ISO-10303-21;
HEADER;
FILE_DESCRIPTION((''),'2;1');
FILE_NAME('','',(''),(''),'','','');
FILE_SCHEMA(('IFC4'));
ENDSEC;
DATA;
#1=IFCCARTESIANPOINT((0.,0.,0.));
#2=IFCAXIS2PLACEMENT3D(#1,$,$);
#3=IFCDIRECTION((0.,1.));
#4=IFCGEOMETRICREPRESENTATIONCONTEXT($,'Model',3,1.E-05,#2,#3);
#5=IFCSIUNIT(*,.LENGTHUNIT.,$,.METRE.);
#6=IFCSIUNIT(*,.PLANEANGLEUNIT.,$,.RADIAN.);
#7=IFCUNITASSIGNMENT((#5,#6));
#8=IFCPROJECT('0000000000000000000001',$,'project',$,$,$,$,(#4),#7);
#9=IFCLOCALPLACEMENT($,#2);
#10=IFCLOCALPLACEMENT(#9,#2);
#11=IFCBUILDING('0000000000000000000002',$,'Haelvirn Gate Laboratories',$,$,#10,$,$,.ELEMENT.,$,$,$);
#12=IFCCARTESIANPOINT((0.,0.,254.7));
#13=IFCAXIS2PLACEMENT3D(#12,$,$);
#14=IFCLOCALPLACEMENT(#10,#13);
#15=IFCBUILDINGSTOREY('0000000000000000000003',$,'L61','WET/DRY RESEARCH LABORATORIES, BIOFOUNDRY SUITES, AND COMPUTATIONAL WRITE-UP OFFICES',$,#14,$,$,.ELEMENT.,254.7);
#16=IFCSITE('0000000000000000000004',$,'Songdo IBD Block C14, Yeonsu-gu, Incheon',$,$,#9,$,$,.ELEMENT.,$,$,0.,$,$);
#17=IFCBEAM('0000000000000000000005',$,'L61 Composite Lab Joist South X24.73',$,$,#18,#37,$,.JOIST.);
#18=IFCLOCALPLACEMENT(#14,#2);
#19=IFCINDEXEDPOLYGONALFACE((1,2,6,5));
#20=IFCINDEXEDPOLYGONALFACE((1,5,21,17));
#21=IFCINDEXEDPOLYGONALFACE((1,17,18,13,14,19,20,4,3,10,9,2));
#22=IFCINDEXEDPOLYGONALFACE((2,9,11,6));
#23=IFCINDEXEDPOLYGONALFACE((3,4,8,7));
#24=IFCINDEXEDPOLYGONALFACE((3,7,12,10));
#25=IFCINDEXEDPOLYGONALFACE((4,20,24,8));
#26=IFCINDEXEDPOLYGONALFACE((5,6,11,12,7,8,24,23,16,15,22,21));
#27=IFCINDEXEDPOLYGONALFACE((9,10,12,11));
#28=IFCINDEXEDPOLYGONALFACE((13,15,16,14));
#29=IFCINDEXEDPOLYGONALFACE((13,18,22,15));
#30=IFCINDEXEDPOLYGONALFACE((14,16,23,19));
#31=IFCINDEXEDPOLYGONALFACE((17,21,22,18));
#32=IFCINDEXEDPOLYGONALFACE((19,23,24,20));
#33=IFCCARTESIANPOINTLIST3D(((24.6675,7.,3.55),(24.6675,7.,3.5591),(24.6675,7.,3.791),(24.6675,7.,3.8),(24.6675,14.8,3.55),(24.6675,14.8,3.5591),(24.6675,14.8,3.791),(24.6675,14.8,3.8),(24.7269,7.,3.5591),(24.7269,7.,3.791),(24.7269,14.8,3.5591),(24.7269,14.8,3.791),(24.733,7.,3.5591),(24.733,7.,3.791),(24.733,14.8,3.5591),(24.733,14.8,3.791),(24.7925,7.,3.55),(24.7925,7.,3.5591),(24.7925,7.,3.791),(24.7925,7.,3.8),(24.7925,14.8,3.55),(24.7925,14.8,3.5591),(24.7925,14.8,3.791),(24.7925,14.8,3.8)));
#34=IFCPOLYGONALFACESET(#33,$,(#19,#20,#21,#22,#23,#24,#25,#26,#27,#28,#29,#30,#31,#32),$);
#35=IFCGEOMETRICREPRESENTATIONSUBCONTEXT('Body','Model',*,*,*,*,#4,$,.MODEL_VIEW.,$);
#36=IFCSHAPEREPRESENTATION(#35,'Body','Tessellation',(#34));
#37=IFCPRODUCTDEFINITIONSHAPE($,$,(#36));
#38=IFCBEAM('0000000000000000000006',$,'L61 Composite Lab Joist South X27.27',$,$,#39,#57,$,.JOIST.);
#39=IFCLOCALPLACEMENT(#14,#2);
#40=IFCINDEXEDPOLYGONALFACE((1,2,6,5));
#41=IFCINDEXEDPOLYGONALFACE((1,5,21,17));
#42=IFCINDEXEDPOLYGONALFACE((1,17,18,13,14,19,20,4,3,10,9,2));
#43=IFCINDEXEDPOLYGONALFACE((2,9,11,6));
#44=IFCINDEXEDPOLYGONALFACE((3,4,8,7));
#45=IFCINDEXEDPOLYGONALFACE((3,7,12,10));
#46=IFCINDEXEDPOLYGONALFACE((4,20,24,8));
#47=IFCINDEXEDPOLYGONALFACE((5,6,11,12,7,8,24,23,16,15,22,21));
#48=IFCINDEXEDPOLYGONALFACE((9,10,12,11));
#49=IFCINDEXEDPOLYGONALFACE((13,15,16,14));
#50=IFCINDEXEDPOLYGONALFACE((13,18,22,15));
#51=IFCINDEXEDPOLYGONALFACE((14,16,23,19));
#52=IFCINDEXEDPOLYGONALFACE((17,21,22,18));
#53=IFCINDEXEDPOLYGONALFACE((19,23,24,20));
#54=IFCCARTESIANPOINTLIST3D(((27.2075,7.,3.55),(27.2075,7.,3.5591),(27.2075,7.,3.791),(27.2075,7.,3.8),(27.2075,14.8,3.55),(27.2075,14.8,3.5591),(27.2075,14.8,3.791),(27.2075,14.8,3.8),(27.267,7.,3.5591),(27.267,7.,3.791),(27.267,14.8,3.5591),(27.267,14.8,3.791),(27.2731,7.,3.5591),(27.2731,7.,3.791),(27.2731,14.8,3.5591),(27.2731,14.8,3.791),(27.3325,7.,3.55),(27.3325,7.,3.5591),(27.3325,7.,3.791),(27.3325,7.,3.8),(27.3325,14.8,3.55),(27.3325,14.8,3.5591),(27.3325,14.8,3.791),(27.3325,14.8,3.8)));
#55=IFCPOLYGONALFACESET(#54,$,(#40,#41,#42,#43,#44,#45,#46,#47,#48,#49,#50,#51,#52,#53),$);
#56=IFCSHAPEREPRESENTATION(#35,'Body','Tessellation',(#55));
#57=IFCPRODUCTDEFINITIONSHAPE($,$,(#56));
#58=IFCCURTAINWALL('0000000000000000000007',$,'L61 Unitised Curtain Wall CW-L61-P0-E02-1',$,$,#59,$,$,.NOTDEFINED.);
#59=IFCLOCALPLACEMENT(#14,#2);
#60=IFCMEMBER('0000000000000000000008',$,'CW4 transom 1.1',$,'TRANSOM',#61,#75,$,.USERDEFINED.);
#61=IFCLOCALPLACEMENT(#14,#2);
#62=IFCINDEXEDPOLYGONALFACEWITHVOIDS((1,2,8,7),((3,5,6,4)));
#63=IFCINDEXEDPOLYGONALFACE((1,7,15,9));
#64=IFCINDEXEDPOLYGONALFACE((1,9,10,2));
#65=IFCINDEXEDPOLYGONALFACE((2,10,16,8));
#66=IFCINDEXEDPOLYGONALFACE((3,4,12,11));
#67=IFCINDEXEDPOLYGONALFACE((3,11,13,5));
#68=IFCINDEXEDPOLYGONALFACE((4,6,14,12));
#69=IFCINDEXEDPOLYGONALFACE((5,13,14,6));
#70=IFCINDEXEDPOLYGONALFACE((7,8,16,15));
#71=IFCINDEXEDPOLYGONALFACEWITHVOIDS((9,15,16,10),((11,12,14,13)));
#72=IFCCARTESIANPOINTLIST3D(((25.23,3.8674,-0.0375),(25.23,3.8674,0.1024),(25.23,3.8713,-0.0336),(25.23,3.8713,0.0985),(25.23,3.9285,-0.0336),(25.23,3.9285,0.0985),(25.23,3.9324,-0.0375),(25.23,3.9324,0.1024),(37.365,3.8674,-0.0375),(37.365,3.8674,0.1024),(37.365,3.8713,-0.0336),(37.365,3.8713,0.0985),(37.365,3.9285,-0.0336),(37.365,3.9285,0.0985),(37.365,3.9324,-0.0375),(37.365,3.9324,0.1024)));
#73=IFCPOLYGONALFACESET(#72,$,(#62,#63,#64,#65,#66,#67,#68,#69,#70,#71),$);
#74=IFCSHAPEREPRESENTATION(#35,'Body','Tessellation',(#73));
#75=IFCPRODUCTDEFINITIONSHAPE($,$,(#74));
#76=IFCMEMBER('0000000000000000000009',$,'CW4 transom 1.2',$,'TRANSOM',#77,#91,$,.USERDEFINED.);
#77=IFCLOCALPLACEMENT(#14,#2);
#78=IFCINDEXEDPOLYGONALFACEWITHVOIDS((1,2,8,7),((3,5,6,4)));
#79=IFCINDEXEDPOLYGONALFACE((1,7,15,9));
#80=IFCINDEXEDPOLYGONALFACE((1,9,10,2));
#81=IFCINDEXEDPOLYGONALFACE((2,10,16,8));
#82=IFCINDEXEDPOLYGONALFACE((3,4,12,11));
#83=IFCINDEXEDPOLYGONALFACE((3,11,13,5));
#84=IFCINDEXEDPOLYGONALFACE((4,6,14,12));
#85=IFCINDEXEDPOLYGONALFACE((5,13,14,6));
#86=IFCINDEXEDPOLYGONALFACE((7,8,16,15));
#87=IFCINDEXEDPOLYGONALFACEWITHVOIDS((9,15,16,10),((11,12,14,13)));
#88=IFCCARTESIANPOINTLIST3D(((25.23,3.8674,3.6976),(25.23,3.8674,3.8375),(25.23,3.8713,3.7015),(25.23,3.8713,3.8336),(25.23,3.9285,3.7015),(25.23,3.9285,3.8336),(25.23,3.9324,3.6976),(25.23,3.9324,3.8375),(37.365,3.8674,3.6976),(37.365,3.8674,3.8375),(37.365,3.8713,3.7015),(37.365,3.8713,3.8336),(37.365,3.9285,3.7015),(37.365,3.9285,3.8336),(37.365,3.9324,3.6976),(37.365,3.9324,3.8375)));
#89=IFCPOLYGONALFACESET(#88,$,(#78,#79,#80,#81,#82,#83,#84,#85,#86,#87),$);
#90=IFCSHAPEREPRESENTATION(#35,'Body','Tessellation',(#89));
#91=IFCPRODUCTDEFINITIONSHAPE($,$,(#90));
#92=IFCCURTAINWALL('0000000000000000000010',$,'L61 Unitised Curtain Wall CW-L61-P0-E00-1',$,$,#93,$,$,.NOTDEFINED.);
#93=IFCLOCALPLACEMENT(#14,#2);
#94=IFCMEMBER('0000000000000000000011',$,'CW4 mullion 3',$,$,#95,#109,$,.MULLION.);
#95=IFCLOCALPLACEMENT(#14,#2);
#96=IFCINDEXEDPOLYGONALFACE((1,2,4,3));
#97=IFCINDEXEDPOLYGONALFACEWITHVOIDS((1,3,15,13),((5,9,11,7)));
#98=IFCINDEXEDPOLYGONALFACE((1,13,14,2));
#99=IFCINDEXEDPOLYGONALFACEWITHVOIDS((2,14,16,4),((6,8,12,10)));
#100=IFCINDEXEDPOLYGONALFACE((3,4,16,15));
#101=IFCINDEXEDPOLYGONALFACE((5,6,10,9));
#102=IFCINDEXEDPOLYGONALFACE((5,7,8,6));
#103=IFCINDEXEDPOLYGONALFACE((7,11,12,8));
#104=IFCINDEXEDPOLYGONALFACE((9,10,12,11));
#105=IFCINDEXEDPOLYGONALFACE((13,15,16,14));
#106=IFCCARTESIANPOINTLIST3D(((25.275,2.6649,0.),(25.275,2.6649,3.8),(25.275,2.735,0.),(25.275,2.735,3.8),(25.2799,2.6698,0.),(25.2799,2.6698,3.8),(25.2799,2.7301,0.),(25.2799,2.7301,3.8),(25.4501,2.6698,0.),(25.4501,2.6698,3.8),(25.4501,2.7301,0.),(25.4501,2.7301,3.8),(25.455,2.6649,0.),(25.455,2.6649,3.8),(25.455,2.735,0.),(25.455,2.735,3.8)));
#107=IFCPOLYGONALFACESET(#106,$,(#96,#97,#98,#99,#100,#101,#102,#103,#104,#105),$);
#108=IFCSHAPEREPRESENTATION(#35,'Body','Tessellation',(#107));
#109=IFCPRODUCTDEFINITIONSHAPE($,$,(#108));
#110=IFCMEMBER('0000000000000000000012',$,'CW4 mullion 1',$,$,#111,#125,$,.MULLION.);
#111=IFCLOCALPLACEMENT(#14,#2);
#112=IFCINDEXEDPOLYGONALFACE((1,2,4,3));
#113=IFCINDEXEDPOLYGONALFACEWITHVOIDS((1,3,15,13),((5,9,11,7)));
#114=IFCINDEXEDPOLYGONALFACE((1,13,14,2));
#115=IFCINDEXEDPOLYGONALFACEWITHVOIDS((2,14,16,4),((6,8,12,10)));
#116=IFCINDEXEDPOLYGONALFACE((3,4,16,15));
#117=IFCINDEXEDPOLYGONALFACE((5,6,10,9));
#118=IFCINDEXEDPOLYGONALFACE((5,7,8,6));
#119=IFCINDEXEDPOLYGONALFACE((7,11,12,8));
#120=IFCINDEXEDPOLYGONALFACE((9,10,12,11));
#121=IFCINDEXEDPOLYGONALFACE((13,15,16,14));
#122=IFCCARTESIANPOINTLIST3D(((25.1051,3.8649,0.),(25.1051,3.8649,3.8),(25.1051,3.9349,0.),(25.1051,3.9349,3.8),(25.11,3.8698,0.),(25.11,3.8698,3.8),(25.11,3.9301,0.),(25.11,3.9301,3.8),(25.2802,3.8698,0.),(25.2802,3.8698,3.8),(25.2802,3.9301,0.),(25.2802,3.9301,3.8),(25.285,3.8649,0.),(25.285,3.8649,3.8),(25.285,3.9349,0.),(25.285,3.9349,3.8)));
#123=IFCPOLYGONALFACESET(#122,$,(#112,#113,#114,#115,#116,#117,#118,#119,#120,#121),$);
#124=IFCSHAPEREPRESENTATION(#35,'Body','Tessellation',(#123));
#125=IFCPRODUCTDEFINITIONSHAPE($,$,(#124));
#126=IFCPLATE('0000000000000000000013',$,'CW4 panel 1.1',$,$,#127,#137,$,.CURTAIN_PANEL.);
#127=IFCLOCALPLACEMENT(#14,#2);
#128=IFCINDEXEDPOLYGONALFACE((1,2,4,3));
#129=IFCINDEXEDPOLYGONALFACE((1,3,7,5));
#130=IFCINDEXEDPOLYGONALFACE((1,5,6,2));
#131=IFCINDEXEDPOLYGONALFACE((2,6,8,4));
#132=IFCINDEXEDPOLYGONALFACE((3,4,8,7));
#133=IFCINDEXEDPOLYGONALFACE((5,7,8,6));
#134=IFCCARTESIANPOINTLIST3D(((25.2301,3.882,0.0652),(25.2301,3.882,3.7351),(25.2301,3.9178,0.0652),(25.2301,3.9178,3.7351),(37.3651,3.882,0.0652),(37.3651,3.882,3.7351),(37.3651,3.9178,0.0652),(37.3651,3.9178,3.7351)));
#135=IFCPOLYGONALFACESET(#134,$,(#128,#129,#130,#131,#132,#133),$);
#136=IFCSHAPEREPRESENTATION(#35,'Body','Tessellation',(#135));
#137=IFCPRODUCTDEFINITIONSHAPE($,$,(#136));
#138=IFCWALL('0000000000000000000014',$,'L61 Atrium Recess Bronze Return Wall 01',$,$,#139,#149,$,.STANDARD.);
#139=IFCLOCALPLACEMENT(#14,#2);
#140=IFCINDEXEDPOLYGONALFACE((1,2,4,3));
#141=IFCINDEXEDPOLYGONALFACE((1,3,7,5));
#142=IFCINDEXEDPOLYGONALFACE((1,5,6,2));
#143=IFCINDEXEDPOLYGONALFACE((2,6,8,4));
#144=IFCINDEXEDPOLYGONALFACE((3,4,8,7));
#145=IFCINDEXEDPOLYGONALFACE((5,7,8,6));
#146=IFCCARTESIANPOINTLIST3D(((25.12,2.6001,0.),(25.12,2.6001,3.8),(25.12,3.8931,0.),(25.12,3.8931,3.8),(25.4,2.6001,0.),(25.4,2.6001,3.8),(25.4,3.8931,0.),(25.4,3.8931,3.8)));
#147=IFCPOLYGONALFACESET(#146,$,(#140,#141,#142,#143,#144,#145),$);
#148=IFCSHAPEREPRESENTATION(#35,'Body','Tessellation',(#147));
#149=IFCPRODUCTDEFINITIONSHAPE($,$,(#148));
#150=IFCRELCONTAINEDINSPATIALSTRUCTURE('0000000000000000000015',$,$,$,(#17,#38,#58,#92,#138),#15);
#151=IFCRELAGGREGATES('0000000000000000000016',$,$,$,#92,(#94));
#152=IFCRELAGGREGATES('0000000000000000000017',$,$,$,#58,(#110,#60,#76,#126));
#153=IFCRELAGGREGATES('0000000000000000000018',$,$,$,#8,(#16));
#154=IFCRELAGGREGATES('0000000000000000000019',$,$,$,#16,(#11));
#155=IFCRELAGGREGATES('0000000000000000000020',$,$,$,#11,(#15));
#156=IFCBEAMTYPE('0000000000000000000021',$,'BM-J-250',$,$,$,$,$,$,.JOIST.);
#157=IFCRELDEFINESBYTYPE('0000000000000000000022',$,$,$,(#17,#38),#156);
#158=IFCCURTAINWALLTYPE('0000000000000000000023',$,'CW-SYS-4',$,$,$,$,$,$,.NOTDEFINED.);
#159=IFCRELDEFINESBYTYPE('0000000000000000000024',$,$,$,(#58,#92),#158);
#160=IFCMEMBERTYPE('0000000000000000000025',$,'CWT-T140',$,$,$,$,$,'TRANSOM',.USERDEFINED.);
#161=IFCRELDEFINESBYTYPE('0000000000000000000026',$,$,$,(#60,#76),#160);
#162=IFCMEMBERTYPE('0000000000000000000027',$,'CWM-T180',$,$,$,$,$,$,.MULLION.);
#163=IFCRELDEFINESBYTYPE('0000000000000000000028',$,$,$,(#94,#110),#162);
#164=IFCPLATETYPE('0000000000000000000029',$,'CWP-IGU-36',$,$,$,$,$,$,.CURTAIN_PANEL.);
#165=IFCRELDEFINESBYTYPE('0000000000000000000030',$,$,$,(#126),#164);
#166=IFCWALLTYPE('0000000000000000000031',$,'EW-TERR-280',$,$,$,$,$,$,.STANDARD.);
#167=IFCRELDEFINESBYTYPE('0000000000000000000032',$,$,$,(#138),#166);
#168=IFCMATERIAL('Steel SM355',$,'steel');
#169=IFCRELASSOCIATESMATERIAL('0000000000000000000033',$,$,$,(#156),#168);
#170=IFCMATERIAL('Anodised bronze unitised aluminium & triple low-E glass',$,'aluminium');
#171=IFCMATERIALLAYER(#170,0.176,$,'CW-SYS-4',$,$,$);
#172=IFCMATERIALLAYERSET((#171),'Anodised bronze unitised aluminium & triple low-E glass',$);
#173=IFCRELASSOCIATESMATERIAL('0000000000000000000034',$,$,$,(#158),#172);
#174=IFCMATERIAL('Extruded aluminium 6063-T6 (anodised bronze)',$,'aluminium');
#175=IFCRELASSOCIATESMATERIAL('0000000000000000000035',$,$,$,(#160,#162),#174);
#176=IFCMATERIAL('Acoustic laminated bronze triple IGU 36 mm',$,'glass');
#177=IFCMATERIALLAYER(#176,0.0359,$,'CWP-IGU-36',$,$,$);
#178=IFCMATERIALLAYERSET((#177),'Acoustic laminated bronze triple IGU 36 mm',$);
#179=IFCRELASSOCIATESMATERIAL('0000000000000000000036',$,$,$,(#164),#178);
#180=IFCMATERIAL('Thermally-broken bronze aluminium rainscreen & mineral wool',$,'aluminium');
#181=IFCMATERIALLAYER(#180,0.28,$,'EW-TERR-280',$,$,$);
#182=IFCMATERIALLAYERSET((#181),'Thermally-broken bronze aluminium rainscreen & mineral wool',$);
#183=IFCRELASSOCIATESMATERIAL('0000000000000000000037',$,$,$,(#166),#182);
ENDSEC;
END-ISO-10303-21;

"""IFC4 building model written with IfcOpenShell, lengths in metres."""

from ifc_helpers import new_model, si_unit, direction, frame, frame_2d, origin, origin_2d, place, context, subcontext, project, spatial, rectangle, hollow_rectangle, i_section, extrude, source, transform, mapped, material, layer, layer_set, material_profile, profile_set, type_object, type_shapes, element, aggregate, save


model = new_model("IFC4")

# Units and contexts
model_context = context("Model", 3, precision=1e-05, world=origin(), true_north=direction((0.0, 1.0)))
body_context = subcontext(model_context, "Body", "Model", "MODEL_VIEW")
ifc_project = project(units=[si_unit("LENGTHUNIT", "METRE"), si_unit("PLANEANGLEUNIT", "RADIAN")], contexts=[model_context])

# Site, building, storey
site_placement = place(None, origin())
site = spatial("IfcSite", under=ifc_project, at=site_placement, Name="Songdo IBD Block C14, Yeonsu-gu, Incheon", CompositionType="ELEMENT", RefElevation=0.0)
building_placement = place(site_placement, origin())
building = spatial("IfcBuilding", under=site, at=building_placement, Name="Haelvirn Gate Laboratories", CompositionType="ELEMENT")
storey_placement = place(building_placement, frame((0.0, 0.0, 254.7)))
storey = spatial("IfcBuildingStorey", under=building, at=storey_placement, Name="L61", Description="WET/DRY RESEARCH LABORATORIES, BIOFOUNDRY SUITES, AND COMPUTATIONAL WRITE-UP OFFICES", CompositionType="ELEMENT", Elevation=254.7)

# Shared definitions
ifc_material_1 = material(Name="Steel SM355", Category="steel")

# Beams
ifc_material_profile_1 = material_profile(ifc_material_1, i_section(OverallWidth=0.125, OverallDepth=0.25, WebThickness=0.0061, FlangeThickness=0.009, at=origin_2d()), Name="H-250x125x6x9")
ifc_profile_set_1 = profile_set([ifc_material_profile_1], Name="Steel SM355")
beam_type_1 = type_object("IfcBeamType", Name="BM-J-250", PredefinedType="JOIST", material=ifc_profile_set_1)
shared_shape_1 = source(origin(), body_context, "Body", "SweptSolid", [
    extrude(i_section(OverallWidth=0.125, OverallDepth=0.25, WebThickness=0.0061, FlangeThickness=0.009, at=origin_2d()), origin(), (0.0, 0.0, 1.0), 7.8),
])
type_shapes(beam_type_1, [shared_shape_1])
for number, where, z_axis, x_axis, name in (
    (1, (24.73, 7.0, 3.675), (0.0, 1.0, 0.0), (-1.0, 0.0, 0.0), "L61 Composite Lab Joist South X24.73"),
    (2, (27.27, 7.0, 3.675), (0.0, 1.0, 0.0), (-1.0, 0.0, 0.0), "L61 Composite Lab Joist South X27.27"),
):
    element("IfcBeam", number, at=place(storey_placement, frame(where, z_axis=z_axis, x_axis=x_axis)), inside=storey, type_object=beam_type_1, Name=name, PredefinedType="JOIST", context=body_context, shape_type="MappedRepresentation", body=[
        mapped(shared_shape_1, transform((0.0, 0.0, 0.0), scale=1.0)),
    ])

# Curtain wall, members
ifc_material_2 = material(Name="Anodised bronze unitised aluminium & triple low-E glass", Category="aluminium")
ifc_layer_1 = layer(ifc_material_2, 0.176, Name="CW-SYS-4")
ifc_layer_set_1 = layer_set([ifc_layer_1], Name="Anodised bronze unitised aluminium & triple low-E glass")
curtain_wall_type = type_object("IfcCurtainWallType", Name="CW-SYS-4", PredefinedType="NOTDEFINED", material=ifc_layer_set_1)
curtain_wall_1_placement = place(storey_placement, origin())
curtain_wall_1 = element("IfcCurtainWall", 3, at=curtain_wall_1_placement, inside=storey, type_object=curtain_wall_type, Name="L61 Unitised Curtain Wall CW-L61-P0-E02-1", PredefinedType="NOTDEFINED")
ifc_material_3 = material(Name="Extruded aluminium 6063-T6 (anodised bronze)", Category="aluminium")
ifc_material_profile_2 = material_profile(ifc_material_3, hollow_rectangle(XDim=0.0649, YDim=0.1399, WallThickness=0.0039, at=origin_2d()), Name="CWT-140x65x4")
ifc_profile_set_2 = profile_set([ifc_material_profile_2], Name="Extruded aluminium 6063-T6 (anodised bronze)")
member_type_1 = type_object("IfcMemberType", Name="CWT-T140", ElementType="TRANSOM", PredefinedType="USERDEFINED", material=ifc_profile_set_2)
shared_shape_2 = source(origin(), body_context, "Body", "SweptSolid", [
    extrude(hollow_rectangle(XDim=0.0649, YDim=0.1399, WallThickness=0.0039, at=origin_2d()), origin(), (0.0, 0.0, 1.0), 12.135),
])
type_shapes(member_type_1, [shared_shape_2])
member_1_placement = place(storey_placement, frame((25.23, 3.8999, 0.0325), z_axis=(1.0, 0.0, 0.0), x_axis=(0.0, 1.0, 0.0)))
member_1 = element("IfcMember", 4, at=member_1_placement, type_object=member_type_1, Name="CW4 transom 1.1", ObjectType="TRANSOM", PredefinedType="USERDEFINED", context=body_context, shape_type="MappedRepresentation", body=[
    mapped(shared_shape_2, transform((0.0, 0.0, 0.0), scale=1.0)),
])
member_2_placement = place(storey_placement, frame((25.23, 3.8999, 3.7676), z_axis=(1.0, 0.0, 0.0), x_axis=(0.0, 1.0, 0.0)))
member_2 = element("IfcMember", 5, at=member_2_placement, type_object=member_type_1, Name="CW4 transom 1.2", ObjectType="TRANSOM", PredefinedType="USERDEFINED", context=body_context, shape_type="MappedRepresentation", body=[
    mapped(shared_shape_2, transform((0.0, 0.0, 0.0), scale=1.0)),
])

# Curtain wall, member
curtain_wall_2_placement = place(storey_placement, origin())
curtain_wall_2 = element("IfcCurtainWall", 6, at=curtain_wall_2_placement, inside=storey, type_object=curtain_wall_type, Name="L61 Unitised Curtain Wall CW-L61-P0-E00-1", PredefinedType="NOTDEFINED")
ifc_material_profile_3 = material_profile(ifc_material_3, hollow_rectangle(XDim=0.0701, YDim=0.1799, WallThickness=0.0049, at=origin_2d()), Name="CWM-180x70x5")
ifc_profile_set_3 = profile_set([ifc_material_profile_3], Name="Extruded aluminium 6063-T6 (anodised bronze)")
member_type_2 = type_object("IfcMemberType", Name="CWM-T180", PredefinedType="MULLION", material=ifc_profile_set_3)
shared_shape_3 = source(origin(), body_context, "Body", "SweptSolid", [
    extrude(hollow_rectangle(XDim=0.0701, YDim=0.1799, WallThickness=0.0049, at=origin_2d()), origin(), (0.0, 0.0, 1.0), 3.8),
])
type_shapes(member_type_2, [shared_shape_3])
member_3_placement = place(storey_placement, frame((25.365, 2.7, 0.0), z_axis=(0.0, 0.0, 1.0), x_axis=(0.0, 1.0, 0.0)))
member_3 = element("IfcMember", 7, at=member_3_placement, type_object=member_type_2, Name="CW4 mullion 3", PredefinedType="MULLION", context=body_context, shape_type="MappedRepresentation", body=[
    mapped(shared_shape_3, transform((0.0, 0.0, 0.0), scale=1.0)),
])
aggregate(curtain_wall_2, [member_3])

# Member
member_4_placement = place(storey_placement, frame((25.1951, 3.8999, 0.0), z_axis=(0.0, 0.0, 1.0), x_axis=(0.0, 1.0, 0.0)))
member_4 = element("IfcMember", 8, at=member_4_placement, type_object=member_type_2, Name="CW4 mullion 1", PredefinedType="MULLION", context=body_context, shape_type="MappedRepresentation", body=[
    mapped(shared_shape_3, transform((0.0, 0.0, 0.0), scale=1.0)),
])

# Plate
ifc_material_4 = material(Name="Acoustic laminated bronze triple IGU 36 mm", Category="glass")
ifc_layer_2 = layer(ifc_material_4, 0.0359, Name="CWP-IGU-36")
ifc_layer_set_2 = layer_set([ifc_layer_2], Name="Acoustic laminated bronze triple IGU 36 mm")
plate_type = type_object("IfcPlateType", Name="CWP-IGU-36", PredefinedType="CURTAIN_PANEL", material=ifc_layer_set_2)
shared_shape_4 = source(origin(), body_context, "Body", "SweptSolid", [
    extrude(rectangle(XDim=12.135, YDim=0.0359, at=origin_2d()), origin(), (0.0, 0.0, 1.0), 3.6699),
])
type_shapes(plate_type, [shared_shape_4])
plate_placement = place(storey_placement, frame((31.2976, 3.8999, 0.0652), z_axis=(0.0, 0.0, 1.0), x_axis=(1.0, 0.0, 0.0)))
plate = element("IfcPlate", 9, at=plate_placement, type_object=plate_type, Name="CW4 panel 1.1", PredefinedType="CURTAIN_PANEL", context=body_context, shape_type="MappedRepresentation", body=[
    mapped(shared_shape_4, transform((0.0, 0.0, 0.0), scale=1.0)),
])
aggregate(curtain_wall_1, [member_4, member_1, member_2, plate])

# Wall
ifc_material_5 = material(Name="Thermally-broken bronze aluminium rainscreen & mineral wool", Category="aluminium")
ifc_layer_3 = layer(ifc_material_5, 0.28, Name="EW-TERR-280")
ifc_layer_set_3 = layer_set([ifc_layer_3], Name="Thermally-broken bronze aluminium rainscreen & mineral wool")
wall_type_1 = type_object("IfcWallType", Name="EW-TERR-280", PredefinedType="STANDARD", material=ifc_layer_set_3)
wall_1_placement = place(storey_placement, frame((25.26, 2.6001, 0.0), z_axis=(0.0, 0.0, 1.0), x_axis=(0.0, 1.0, 0.0)))
element("IfcWall", 10, at=wall_1_placement, inside=storey, type_object=wall_type_1, Name="L61 Atrium Recess Bronze Return Wall 01", PredefinedType="STANDARD", context=body_context, shape_type="SweptSolid", body=[
    extrude(rectangle(XDim=1.293, YDim=0.28, at=frame_2d((0.6465, 0.0))), origin(), (0.0, 0.0, 1.0), 3.8),
])

save(model, "model.ifc")
